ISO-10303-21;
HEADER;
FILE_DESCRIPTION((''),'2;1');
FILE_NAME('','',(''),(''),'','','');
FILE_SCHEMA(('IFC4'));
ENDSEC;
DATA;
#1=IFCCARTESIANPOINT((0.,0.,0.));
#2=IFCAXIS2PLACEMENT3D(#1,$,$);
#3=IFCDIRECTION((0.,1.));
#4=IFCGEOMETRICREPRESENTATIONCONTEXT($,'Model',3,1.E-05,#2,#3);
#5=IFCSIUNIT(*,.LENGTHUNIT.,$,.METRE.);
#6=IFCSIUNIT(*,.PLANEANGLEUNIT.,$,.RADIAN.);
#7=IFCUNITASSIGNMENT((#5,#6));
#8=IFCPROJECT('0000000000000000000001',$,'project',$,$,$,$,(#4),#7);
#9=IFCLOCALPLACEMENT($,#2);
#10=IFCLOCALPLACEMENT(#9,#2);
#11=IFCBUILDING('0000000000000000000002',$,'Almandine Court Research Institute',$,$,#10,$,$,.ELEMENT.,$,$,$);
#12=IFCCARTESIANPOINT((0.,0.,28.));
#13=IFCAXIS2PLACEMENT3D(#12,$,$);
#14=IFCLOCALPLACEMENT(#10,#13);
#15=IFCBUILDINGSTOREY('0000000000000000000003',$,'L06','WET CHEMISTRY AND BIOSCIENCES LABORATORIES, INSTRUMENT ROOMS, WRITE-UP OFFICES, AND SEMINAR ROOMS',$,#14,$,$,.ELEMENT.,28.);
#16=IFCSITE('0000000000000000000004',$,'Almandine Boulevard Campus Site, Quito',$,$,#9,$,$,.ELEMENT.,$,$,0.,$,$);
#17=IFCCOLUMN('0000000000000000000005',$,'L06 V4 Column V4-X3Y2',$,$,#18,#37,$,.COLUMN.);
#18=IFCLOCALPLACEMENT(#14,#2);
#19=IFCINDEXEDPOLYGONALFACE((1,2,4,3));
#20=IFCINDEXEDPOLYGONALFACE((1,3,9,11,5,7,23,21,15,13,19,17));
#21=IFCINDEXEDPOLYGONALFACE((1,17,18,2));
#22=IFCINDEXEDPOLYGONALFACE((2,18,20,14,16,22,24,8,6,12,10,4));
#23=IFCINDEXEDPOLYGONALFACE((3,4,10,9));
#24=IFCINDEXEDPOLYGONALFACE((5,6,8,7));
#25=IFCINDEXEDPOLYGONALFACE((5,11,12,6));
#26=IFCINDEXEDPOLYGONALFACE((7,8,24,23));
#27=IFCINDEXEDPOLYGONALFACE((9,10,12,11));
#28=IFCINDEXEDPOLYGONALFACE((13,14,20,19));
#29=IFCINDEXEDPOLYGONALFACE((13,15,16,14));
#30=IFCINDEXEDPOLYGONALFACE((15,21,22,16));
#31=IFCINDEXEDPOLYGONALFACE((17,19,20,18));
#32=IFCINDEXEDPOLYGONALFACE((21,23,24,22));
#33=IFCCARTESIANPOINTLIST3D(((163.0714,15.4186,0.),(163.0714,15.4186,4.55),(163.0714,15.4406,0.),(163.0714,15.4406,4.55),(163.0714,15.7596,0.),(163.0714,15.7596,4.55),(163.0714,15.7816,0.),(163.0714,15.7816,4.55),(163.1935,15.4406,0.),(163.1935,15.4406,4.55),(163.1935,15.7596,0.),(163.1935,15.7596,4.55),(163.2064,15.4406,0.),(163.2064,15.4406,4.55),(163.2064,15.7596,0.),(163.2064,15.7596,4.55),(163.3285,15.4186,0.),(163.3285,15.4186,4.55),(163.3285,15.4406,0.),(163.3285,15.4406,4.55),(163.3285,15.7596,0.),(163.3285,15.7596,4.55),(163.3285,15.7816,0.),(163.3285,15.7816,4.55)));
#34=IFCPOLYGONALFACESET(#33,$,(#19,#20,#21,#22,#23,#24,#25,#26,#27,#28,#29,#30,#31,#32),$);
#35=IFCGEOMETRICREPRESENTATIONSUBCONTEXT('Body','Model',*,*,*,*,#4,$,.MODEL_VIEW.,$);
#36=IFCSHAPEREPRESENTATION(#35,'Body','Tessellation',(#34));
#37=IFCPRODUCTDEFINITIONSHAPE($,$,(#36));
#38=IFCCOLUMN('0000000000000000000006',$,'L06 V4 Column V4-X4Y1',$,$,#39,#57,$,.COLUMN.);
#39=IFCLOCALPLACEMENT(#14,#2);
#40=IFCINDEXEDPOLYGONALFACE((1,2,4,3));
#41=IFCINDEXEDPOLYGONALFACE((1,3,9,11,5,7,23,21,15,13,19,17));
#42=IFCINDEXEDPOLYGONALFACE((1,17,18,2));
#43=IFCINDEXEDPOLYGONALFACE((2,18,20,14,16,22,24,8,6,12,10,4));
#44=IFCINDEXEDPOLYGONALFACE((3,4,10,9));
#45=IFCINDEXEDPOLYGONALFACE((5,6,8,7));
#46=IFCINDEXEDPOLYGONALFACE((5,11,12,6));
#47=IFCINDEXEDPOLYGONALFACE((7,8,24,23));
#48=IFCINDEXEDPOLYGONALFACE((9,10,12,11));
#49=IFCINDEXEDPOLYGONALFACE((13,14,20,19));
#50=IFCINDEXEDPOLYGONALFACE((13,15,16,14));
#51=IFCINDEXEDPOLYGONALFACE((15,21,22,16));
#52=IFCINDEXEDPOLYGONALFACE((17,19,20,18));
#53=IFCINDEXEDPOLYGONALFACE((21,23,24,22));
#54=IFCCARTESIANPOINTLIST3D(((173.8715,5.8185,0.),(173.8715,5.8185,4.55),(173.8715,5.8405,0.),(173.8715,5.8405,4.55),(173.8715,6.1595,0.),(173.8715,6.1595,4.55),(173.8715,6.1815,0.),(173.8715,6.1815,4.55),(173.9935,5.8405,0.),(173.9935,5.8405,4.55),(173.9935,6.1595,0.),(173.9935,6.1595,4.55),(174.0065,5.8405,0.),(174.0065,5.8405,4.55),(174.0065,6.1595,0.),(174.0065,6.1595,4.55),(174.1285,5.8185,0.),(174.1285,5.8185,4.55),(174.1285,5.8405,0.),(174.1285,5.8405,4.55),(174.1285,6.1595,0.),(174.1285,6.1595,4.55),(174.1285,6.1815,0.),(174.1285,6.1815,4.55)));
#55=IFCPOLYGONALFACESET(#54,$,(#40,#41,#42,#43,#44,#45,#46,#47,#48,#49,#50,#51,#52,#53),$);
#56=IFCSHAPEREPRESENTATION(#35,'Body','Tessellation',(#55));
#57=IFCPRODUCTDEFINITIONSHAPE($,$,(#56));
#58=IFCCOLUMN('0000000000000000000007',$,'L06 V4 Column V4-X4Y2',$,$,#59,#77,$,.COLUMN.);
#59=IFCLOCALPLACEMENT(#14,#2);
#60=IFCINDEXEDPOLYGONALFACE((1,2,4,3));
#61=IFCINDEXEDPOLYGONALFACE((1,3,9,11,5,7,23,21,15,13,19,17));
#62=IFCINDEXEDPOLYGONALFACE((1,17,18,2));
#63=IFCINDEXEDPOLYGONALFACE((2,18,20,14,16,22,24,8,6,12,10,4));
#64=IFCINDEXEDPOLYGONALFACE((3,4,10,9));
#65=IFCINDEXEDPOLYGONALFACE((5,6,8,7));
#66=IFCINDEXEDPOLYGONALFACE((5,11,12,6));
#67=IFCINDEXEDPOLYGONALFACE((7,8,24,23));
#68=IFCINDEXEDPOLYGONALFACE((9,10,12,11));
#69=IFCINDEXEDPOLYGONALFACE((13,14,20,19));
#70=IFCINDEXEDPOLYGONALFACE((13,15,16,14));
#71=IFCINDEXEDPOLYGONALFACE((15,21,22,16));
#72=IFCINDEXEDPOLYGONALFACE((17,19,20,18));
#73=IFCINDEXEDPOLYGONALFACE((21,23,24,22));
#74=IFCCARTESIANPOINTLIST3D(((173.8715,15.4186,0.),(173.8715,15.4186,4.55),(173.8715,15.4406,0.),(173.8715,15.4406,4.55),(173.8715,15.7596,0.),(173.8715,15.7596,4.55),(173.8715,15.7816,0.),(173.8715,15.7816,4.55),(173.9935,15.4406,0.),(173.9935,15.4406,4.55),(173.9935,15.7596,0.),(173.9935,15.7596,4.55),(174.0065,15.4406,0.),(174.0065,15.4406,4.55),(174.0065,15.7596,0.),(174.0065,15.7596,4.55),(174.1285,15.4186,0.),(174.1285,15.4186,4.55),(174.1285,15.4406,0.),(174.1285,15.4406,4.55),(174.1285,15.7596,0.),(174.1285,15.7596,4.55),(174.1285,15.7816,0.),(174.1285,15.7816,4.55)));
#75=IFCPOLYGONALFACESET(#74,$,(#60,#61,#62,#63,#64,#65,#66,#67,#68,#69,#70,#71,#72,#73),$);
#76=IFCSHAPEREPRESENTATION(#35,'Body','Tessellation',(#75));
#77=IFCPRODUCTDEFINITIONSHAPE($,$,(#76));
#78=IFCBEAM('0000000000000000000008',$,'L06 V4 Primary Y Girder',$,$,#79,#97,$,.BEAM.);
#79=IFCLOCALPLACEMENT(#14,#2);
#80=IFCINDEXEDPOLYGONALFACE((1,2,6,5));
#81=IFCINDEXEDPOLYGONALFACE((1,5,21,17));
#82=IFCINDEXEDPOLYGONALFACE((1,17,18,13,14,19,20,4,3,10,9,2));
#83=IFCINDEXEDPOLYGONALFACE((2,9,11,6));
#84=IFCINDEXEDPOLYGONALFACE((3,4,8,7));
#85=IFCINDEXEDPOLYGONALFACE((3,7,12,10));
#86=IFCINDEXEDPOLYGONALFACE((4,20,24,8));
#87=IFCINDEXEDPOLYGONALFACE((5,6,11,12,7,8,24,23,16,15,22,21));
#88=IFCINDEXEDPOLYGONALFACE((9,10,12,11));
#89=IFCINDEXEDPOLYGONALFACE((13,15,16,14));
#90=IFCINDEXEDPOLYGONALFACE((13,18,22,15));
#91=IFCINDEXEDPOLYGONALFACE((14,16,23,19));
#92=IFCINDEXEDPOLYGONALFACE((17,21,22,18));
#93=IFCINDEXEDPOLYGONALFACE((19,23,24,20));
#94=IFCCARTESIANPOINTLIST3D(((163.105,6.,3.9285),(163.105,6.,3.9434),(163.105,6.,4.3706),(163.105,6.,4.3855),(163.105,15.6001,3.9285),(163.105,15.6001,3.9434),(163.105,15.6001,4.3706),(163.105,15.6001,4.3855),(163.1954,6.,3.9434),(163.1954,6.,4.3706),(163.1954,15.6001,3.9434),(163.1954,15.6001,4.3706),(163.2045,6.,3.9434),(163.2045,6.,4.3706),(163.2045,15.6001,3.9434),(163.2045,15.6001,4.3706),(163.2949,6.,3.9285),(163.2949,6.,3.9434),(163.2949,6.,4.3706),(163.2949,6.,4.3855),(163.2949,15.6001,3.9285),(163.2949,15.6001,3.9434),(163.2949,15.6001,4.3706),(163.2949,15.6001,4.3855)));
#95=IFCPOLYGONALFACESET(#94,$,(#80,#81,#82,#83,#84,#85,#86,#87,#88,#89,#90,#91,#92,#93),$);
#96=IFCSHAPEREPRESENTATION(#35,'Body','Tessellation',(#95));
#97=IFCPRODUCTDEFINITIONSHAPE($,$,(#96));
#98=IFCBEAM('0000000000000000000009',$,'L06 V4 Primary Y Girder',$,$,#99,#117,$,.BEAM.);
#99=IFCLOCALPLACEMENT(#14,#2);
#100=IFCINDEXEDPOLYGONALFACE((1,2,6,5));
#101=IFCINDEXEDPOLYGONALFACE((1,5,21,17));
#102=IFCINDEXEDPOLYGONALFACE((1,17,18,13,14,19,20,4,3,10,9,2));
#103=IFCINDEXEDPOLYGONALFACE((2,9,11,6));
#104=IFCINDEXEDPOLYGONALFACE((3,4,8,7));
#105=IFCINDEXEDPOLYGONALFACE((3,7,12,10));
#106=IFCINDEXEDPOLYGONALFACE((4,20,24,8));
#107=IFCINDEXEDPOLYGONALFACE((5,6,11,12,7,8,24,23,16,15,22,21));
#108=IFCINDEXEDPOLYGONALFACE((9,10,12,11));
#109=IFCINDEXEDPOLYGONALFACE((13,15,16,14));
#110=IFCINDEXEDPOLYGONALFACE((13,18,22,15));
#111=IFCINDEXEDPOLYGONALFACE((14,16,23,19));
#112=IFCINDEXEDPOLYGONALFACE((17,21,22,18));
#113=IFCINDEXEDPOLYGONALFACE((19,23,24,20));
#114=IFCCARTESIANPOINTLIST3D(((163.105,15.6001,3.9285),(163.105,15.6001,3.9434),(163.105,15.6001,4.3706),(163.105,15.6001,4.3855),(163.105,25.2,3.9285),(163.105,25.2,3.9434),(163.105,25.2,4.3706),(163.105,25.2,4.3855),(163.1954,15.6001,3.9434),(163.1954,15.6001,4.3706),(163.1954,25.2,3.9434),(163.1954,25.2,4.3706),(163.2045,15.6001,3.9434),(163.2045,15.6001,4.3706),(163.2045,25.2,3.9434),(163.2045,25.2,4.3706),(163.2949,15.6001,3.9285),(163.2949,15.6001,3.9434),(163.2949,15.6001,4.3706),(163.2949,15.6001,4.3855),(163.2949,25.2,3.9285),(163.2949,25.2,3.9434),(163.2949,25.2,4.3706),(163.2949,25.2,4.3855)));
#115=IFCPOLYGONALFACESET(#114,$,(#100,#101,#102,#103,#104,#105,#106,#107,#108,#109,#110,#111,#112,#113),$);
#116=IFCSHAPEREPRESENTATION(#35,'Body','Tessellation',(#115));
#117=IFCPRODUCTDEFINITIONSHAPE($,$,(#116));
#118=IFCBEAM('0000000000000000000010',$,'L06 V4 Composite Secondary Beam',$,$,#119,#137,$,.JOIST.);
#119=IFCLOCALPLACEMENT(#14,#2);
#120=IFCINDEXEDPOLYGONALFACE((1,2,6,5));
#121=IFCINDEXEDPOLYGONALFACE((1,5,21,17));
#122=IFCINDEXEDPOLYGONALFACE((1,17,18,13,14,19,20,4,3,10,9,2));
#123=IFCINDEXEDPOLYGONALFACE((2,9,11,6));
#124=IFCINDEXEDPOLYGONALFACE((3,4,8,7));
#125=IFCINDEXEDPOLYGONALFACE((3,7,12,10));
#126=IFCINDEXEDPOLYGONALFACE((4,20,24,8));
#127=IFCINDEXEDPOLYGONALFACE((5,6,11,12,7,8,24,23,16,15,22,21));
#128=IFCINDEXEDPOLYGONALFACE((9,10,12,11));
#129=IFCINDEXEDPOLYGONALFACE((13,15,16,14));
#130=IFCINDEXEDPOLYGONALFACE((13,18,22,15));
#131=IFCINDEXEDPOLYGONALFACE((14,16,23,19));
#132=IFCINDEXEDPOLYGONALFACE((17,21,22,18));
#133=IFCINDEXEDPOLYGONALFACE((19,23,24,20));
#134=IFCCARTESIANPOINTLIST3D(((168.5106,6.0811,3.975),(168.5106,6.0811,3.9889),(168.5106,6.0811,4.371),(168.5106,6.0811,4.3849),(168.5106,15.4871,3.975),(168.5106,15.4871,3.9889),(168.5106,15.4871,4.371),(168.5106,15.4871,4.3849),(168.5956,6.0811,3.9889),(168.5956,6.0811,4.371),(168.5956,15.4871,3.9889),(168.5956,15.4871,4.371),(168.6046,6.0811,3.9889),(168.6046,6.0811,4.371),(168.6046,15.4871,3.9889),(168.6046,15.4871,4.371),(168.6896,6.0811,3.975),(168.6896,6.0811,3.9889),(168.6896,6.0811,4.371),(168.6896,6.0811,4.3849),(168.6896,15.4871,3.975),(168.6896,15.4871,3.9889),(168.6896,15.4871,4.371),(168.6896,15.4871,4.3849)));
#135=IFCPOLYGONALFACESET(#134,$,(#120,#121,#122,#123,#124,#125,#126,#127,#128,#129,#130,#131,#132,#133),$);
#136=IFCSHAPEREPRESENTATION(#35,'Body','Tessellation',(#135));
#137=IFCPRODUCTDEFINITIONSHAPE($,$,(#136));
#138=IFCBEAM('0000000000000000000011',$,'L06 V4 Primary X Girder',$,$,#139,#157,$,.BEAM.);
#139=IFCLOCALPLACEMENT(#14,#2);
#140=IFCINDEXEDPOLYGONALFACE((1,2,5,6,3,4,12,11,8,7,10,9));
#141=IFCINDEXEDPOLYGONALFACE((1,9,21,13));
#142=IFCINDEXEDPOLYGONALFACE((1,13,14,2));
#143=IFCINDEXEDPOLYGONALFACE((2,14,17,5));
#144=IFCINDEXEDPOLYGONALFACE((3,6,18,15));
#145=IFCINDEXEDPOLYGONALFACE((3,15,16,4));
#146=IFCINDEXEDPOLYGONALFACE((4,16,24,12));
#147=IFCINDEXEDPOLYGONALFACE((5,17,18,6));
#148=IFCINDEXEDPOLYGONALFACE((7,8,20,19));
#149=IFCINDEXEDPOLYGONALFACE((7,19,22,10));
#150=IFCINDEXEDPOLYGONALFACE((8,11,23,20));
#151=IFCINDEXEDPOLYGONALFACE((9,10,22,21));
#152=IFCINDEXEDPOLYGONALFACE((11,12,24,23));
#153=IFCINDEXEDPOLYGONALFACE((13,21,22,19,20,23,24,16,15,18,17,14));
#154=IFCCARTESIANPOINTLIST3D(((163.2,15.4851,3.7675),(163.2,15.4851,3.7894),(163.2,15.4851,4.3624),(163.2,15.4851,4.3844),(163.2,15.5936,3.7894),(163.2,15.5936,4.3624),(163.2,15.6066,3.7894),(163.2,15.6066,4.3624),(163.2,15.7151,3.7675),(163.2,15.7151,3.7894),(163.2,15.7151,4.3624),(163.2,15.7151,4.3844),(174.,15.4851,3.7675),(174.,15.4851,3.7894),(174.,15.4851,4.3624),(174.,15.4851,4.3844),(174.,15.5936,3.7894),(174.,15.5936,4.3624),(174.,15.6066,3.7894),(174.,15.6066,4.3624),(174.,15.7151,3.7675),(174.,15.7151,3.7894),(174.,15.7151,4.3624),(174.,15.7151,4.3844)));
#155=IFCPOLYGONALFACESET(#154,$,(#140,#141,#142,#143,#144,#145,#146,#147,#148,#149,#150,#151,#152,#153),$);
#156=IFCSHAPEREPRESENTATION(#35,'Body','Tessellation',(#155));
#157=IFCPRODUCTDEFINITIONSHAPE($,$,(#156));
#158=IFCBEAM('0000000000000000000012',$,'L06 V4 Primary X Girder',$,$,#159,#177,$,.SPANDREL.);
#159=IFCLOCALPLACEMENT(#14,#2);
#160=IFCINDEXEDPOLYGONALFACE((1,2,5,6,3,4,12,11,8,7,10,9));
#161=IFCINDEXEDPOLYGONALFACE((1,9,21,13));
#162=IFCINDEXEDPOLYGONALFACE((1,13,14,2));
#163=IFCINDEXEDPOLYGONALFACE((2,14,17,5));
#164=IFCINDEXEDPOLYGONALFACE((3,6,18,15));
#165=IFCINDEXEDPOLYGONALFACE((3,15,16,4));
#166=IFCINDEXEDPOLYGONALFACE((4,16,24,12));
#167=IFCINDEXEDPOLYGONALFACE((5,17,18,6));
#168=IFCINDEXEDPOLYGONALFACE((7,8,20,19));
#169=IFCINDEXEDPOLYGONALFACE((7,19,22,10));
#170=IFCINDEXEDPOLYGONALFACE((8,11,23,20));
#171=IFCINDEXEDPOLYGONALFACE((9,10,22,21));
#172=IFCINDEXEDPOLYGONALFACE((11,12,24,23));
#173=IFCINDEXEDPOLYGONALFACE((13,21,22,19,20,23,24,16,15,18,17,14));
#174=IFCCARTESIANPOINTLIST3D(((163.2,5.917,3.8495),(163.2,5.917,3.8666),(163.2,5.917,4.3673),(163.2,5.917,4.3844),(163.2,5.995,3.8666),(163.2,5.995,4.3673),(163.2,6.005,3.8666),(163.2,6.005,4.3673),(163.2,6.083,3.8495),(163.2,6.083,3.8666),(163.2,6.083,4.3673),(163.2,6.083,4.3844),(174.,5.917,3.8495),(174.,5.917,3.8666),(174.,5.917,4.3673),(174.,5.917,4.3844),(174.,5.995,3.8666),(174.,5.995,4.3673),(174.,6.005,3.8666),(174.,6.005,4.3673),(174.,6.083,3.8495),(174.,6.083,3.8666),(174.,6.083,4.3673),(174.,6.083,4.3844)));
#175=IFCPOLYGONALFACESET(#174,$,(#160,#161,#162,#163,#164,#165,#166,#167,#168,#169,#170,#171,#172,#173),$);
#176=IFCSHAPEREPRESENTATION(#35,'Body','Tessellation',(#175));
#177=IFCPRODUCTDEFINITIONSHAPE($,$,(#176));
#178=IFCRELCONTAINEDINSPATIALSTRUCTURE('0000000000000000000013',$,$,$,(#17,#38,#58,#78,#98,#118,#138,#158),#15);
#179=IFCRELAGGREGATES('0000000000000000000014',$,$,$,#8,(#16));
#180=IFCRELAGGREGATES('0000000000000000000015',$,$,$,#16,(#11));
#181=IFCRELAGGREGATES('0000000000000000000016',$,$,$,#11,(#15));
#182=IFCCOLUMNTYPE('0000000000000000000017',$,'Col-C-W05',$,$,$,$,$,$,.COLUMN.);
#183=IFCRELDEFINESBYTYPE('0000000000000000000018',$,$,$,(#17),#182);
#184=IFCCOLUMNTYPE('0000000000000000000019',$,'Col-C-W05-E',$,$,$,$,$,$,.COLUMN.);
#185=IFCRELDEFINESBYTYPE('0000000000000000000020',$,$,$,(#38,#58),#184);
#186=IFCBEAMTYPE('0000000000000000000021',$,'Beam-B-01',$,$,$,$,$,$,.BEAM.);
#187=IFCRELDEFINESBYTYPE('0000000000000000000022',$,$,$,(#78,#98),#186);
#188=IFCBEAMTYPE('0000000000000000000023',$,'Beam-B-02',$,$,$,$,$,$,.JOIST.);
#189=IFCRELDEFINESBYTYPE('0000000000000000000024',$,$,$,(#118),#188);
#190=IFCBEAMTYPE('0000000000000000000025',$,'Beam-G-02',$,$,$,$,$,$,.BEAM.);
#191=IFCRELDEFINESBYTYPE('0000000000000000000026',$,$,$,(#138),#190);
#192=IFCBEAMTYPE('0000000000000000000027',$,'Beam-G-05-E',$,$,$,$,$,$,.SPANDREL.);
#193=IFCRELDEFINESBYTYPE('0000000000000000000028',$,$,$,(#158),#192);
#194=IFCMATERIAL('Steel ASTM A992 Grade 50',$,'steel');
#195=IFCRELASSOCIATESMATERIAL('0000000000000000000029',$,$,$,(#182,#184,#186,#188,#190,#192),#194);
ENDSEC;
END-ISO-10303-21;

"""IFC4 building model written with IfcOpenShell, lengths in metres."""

from ifc_helpers import new_model, si_unit, direction, frame, origin, origin_2d, place, context, subcontext, project, spatial, i_section, extrude, material, material_profile, profile_set, type_object, element, save


model = new_model("IFC4")

# Units and contexts
model_context = context("Model", 3, precision=1e-05, world=origin(), true_north=direction((0.0, 1.0)))
body_context = subcontext(model_context, "Body", "Model", "MODEL_VIEW")
ifc_project = project(units=[si_unit("LENGTHUNIT", "METRE"), si_unit("PLANEANGLEUNIT", "RADIAN")], contexts=[model_context])

# Site, building, storey
site_placement = place(None, origin())
site = spatial("IfcSite", under=ifc_project, at=site_placement, Name="Almandine Boulevard Campus Site, Quito", CompositionType="ELEMENT", RefElevation=0.0)
building_placement = place(site_placement, origin())
building = spatial("IfcBuilding", under=site, at=building_placement, Name="Almandine Court Research Institute", CompositionType="ELEMENT")
storey_placement = place(building_placement, frame((0.0, 0.0, 28.0)))
storey = spatial("IfcBuildingStorey", under=building, at=storey_placement, Name="L06", Description="WET CHEMISTRY AND BIOSCIENCES LABORATORIES, INSTRUMENT ROOMS, WRITE-UP OFFICES, AND SEMINAR ROOMS", CompositionType="ELEMENT", Elevation=28.0)

# Columns
ifc_material_1 = material(Name="Steel ASTM A992 Grade 50", Category="steel")
ifc_material_profile_1 = material_profile(ifc_material_1, i_section(OverallWidth=0.2571, OverallDepth=0.363, WebThickness=0.0129, FlangeThickness=0.022, at=origin_2d()), Name="W360x122")
ifc_profile_set_1 = profile_set([ifc_material_profile_1], Name="Steel ASTM A992 Grade 50")
column_type_1 = type_object("IfcColumnType", Name="Col-C-W05", PredefinedType="COLUMN", material=ifc_profile_set_1)
column_placement = place(storey_placement, frame((163.2, 15.6001, 0.0), z_axis=(0.0, 0.0, 1.0), x_axis=(1.0, 0.0, 0.0)))
element("IfcColumn", 1, at=column_placement, inside=storey, type_object=column_type_1, Name="L06 V4 Column V4-X3Y2", PredefinedType="COLUMN", context=body_context, shape_type="SweptSolid", body=[
    extrude(i_section(OverallWidth=0.2571, OverallDepth=0.363, WebThickness=0.0129, FlangeThickness=0.022, at=origin_2d()), origin(), (0.0, 0.0, 1.0), 4.55),
])
ifc_material_profile_2 = material_profile(ifc_material_1, i_section(OverallWidth=0.2571, OverallDepth=0.363, WebThickness=0.0129, FlangeThickness=0.022, at=origin_2d()), Name="W360x122")
ifc_profile_set_2 = profile_set([ifc_material_profile_2], Name="Steel ASTM A992 Grade 50")
column_type_2 = type_object("IfcColumnType", Name="Col-C-W05-E", PredefinedType="COLUMN", material=ifc_profile_set_2)
for number, where, z_axis, x_axis, name in (
    (2, (174.0, 6.0, 0.0), (0.0, 0.0, 1.0), (1.0, 0.0, 0.0), "L06 V4 Column V4-X4Y1"),
    (3, (174.0, 15.6001, 0.0), (0.0, 0.0, 1.0), (1.0, 0.0, 0.0), "L06 V4 Column V4-X4Y2"),
):
    element("IfcColumn", number, at=place(storey_placement, frame(where, z_axis=z_axis, x_axis=x_axis)), inside=storey, type_object=column_type_2, Name=name, PredefinedType="COLUMN", context=body_context, shape_type="SweptSolid", body=[
        extrude(i_section(OverallWidth=0.2571, OverallDepth=0.363, WebThickness=0.0129, FlangeThickness=0.022, at=origin_2d()), origin(), (0.0, 0.0, 1.0), 4.55),
    ])

# Beams
ifc_material_profile_3 = material_profile(ifc_material_1, i_section(OverallWidth=0.1899, OverallDepth=0.457, WebThickness=0.009, FlangeThickness=0.0149, at=origin_2d()), Name="W460x74")
ifc_profile_set_3 = profile_set([ifc_material_profile_3], Name="Steel ASTM A992 Grade 50")
beam_type_1 = type_object("IfcBeamType", Name="Beam-B-01", PredefinedType="BEAM", material=ifc_profile_set_3)
beam_1_placement = place(storey_placement, frame((163.2, 6.0, 4.157), z_axis=(0.0, 1.0, 0.0), x_axis=(-1.0, 0.0, 0.0)))
element("IfcBeam", 4, at=beam_1_placement, inside=storey, type_object=beam_type_1, Name="L06 V4 Primary Y Girder", PredefinedType="BEAM", context=body_context, shape_type="SweptSolid", body=[
    extrude(i_section(OverallWidth=0.1899, OverallDepth=0.457, WebThickness=0.009, FlangeThickness=0.0149, at=origin_2d()), origin(), (0.0, 0.0, 1.0), 9.6001),
])
beam_2_placement = place(storey_placement, frame((163.2, 15.6001, 4.157), z_axis=(0.0, 1.0, 0.0), x_axis=(-1.0, 0.0, 0.0)))
element("IfcBeam", 5, at=beam_2_placement, inside=storey, type_object=beam_type_1, Name="L06 V4 Primary Y Girder", PredefinedType="BEAM", context=body_context, shape_type="SweptSolid", body=[
    extrude(i_section(OverallWidth=0.1899, OverallDepth=0.457, WebThickness=0.009, FlangeThickness=0.0149, at=origin_2d()), origin(), (0.0, 0.0, 1.0), 9.5999),
])
ifc_material_profile_4 = material_profile(ifc_material_1, i_section(OverallWidth=0.179, OverallDepth=0.4099, WebThickness=0.009, FlangeThickness=0.0139, at=origin_2d()), Name="W410x67")
ifc_profile_set_4 = profile_set([ifc_material_profile_4], Name="Steel ASTM A992 Grade 50")
beam_type_2 = type_object("IfcBeamType", Name="Beam-B-02", PredefinedType="JOIST", material=ifc_profile_set_4)
beam_3_placement = place(storey_placement, frame((168.6001, 6.0811, 4.1799), z_axis=(0.0, 1.0, 0.0), x_axis=(-1.0, 0.0, 0.0)))
element("IfcBeam", 6, at=beam_3_placement, inside=storey, type_object=beam_type_2, Name="L06 V4 Composite Secondary Beam", PredefinedType="JOIST", context=body_context, shape_type="SweptSolid", body=[
    extrude(i_section(OverallWidth=0.179, OverallDepth=0.4099, WebThickness=0.009, FlangeThickness=0.0139, at=origin_2d()), origin(), (0.0, 0.0, 1.0), 9.406),
])
ifc_material_profile_5 = material_profile(ifc_material_1, i_section(OverallWidth=0.23, OverallDepth=0.6169, WebThickness=0.0129, FlangeThickness=0.022, at=origin_2d()), Name="W610x140")
ifc_profile_set_5 = profile_set([ifc_material_profile_5], Name="Steel ASTM A992 Grade 50")
beam_type_3 = type_object("IfcBeamType", Name="Beam-G-02", PredefinedType="BEAM", material=ifc_profile_set_5)
beam_4_placement = place(storey_placement, frame((163.2, 15.6001, 4.0759), z_axis=(1.0, 0.0, 0.0), x_axis=(0.0, 1.0, 0.0)))
element("IfcBeam", 7, at=beam_4_placement, inside=storey, type_object=beam_type_3, Name="L06 V4 Primary X Girder", PredefinedType="BEAM", context=body_context, shape_type="SweptSolid", body=[
    extrude(i_section(OverallWidth=0.23, OverallDepth=0.6169, WebThickness=0.0129, FlangeThickness=0.022, at=origin_2d()), origin(), (0.0, 0.0, 1.0), 10.8),
])
ifc_material_profile_6 = material_profile(ifc_material_1, i_section(OverallWidth=0.166, OverallDepth=0.5349, WebThickness=0.01, FlangeThickness=0.0171, at=origin_2d()), Name="W530x85")
ifc_profile_set_6 = profile_set([ifc_material_profile_6], Name="Steel ASTM A992 Grade 50")
beam_type_4 = type_object("IfcBeamType", Name="Beam-G-05-E", PredefinedType="SPANDREL", material=ifc_profile_set_6)
beam_5_placement = place(storey_placement, frame((163.2, 6.0, 4.1169), z_axis=(1.0, 0.0, 0.0), x_axis=(0.0, 1.0, 0.0)))
element("IfcBeam", 8, at=beam_5_placement, inside=storey, type_object=beam_type_4, Name="L06 V4 Primary X Girder", PredefinedType="SPANDREL", context=body_context, shape_type="SweptSolid", body=[
    extrude(i_section(OverallWidth=0.166, OverallDepth=0.5349, WebThickness=0.01, FlangeThickness=0.0171, at=origin_2d()), origin(), (0.0, 0.0, 1.0), 10.8),
])

save(model, "model.ifc")
